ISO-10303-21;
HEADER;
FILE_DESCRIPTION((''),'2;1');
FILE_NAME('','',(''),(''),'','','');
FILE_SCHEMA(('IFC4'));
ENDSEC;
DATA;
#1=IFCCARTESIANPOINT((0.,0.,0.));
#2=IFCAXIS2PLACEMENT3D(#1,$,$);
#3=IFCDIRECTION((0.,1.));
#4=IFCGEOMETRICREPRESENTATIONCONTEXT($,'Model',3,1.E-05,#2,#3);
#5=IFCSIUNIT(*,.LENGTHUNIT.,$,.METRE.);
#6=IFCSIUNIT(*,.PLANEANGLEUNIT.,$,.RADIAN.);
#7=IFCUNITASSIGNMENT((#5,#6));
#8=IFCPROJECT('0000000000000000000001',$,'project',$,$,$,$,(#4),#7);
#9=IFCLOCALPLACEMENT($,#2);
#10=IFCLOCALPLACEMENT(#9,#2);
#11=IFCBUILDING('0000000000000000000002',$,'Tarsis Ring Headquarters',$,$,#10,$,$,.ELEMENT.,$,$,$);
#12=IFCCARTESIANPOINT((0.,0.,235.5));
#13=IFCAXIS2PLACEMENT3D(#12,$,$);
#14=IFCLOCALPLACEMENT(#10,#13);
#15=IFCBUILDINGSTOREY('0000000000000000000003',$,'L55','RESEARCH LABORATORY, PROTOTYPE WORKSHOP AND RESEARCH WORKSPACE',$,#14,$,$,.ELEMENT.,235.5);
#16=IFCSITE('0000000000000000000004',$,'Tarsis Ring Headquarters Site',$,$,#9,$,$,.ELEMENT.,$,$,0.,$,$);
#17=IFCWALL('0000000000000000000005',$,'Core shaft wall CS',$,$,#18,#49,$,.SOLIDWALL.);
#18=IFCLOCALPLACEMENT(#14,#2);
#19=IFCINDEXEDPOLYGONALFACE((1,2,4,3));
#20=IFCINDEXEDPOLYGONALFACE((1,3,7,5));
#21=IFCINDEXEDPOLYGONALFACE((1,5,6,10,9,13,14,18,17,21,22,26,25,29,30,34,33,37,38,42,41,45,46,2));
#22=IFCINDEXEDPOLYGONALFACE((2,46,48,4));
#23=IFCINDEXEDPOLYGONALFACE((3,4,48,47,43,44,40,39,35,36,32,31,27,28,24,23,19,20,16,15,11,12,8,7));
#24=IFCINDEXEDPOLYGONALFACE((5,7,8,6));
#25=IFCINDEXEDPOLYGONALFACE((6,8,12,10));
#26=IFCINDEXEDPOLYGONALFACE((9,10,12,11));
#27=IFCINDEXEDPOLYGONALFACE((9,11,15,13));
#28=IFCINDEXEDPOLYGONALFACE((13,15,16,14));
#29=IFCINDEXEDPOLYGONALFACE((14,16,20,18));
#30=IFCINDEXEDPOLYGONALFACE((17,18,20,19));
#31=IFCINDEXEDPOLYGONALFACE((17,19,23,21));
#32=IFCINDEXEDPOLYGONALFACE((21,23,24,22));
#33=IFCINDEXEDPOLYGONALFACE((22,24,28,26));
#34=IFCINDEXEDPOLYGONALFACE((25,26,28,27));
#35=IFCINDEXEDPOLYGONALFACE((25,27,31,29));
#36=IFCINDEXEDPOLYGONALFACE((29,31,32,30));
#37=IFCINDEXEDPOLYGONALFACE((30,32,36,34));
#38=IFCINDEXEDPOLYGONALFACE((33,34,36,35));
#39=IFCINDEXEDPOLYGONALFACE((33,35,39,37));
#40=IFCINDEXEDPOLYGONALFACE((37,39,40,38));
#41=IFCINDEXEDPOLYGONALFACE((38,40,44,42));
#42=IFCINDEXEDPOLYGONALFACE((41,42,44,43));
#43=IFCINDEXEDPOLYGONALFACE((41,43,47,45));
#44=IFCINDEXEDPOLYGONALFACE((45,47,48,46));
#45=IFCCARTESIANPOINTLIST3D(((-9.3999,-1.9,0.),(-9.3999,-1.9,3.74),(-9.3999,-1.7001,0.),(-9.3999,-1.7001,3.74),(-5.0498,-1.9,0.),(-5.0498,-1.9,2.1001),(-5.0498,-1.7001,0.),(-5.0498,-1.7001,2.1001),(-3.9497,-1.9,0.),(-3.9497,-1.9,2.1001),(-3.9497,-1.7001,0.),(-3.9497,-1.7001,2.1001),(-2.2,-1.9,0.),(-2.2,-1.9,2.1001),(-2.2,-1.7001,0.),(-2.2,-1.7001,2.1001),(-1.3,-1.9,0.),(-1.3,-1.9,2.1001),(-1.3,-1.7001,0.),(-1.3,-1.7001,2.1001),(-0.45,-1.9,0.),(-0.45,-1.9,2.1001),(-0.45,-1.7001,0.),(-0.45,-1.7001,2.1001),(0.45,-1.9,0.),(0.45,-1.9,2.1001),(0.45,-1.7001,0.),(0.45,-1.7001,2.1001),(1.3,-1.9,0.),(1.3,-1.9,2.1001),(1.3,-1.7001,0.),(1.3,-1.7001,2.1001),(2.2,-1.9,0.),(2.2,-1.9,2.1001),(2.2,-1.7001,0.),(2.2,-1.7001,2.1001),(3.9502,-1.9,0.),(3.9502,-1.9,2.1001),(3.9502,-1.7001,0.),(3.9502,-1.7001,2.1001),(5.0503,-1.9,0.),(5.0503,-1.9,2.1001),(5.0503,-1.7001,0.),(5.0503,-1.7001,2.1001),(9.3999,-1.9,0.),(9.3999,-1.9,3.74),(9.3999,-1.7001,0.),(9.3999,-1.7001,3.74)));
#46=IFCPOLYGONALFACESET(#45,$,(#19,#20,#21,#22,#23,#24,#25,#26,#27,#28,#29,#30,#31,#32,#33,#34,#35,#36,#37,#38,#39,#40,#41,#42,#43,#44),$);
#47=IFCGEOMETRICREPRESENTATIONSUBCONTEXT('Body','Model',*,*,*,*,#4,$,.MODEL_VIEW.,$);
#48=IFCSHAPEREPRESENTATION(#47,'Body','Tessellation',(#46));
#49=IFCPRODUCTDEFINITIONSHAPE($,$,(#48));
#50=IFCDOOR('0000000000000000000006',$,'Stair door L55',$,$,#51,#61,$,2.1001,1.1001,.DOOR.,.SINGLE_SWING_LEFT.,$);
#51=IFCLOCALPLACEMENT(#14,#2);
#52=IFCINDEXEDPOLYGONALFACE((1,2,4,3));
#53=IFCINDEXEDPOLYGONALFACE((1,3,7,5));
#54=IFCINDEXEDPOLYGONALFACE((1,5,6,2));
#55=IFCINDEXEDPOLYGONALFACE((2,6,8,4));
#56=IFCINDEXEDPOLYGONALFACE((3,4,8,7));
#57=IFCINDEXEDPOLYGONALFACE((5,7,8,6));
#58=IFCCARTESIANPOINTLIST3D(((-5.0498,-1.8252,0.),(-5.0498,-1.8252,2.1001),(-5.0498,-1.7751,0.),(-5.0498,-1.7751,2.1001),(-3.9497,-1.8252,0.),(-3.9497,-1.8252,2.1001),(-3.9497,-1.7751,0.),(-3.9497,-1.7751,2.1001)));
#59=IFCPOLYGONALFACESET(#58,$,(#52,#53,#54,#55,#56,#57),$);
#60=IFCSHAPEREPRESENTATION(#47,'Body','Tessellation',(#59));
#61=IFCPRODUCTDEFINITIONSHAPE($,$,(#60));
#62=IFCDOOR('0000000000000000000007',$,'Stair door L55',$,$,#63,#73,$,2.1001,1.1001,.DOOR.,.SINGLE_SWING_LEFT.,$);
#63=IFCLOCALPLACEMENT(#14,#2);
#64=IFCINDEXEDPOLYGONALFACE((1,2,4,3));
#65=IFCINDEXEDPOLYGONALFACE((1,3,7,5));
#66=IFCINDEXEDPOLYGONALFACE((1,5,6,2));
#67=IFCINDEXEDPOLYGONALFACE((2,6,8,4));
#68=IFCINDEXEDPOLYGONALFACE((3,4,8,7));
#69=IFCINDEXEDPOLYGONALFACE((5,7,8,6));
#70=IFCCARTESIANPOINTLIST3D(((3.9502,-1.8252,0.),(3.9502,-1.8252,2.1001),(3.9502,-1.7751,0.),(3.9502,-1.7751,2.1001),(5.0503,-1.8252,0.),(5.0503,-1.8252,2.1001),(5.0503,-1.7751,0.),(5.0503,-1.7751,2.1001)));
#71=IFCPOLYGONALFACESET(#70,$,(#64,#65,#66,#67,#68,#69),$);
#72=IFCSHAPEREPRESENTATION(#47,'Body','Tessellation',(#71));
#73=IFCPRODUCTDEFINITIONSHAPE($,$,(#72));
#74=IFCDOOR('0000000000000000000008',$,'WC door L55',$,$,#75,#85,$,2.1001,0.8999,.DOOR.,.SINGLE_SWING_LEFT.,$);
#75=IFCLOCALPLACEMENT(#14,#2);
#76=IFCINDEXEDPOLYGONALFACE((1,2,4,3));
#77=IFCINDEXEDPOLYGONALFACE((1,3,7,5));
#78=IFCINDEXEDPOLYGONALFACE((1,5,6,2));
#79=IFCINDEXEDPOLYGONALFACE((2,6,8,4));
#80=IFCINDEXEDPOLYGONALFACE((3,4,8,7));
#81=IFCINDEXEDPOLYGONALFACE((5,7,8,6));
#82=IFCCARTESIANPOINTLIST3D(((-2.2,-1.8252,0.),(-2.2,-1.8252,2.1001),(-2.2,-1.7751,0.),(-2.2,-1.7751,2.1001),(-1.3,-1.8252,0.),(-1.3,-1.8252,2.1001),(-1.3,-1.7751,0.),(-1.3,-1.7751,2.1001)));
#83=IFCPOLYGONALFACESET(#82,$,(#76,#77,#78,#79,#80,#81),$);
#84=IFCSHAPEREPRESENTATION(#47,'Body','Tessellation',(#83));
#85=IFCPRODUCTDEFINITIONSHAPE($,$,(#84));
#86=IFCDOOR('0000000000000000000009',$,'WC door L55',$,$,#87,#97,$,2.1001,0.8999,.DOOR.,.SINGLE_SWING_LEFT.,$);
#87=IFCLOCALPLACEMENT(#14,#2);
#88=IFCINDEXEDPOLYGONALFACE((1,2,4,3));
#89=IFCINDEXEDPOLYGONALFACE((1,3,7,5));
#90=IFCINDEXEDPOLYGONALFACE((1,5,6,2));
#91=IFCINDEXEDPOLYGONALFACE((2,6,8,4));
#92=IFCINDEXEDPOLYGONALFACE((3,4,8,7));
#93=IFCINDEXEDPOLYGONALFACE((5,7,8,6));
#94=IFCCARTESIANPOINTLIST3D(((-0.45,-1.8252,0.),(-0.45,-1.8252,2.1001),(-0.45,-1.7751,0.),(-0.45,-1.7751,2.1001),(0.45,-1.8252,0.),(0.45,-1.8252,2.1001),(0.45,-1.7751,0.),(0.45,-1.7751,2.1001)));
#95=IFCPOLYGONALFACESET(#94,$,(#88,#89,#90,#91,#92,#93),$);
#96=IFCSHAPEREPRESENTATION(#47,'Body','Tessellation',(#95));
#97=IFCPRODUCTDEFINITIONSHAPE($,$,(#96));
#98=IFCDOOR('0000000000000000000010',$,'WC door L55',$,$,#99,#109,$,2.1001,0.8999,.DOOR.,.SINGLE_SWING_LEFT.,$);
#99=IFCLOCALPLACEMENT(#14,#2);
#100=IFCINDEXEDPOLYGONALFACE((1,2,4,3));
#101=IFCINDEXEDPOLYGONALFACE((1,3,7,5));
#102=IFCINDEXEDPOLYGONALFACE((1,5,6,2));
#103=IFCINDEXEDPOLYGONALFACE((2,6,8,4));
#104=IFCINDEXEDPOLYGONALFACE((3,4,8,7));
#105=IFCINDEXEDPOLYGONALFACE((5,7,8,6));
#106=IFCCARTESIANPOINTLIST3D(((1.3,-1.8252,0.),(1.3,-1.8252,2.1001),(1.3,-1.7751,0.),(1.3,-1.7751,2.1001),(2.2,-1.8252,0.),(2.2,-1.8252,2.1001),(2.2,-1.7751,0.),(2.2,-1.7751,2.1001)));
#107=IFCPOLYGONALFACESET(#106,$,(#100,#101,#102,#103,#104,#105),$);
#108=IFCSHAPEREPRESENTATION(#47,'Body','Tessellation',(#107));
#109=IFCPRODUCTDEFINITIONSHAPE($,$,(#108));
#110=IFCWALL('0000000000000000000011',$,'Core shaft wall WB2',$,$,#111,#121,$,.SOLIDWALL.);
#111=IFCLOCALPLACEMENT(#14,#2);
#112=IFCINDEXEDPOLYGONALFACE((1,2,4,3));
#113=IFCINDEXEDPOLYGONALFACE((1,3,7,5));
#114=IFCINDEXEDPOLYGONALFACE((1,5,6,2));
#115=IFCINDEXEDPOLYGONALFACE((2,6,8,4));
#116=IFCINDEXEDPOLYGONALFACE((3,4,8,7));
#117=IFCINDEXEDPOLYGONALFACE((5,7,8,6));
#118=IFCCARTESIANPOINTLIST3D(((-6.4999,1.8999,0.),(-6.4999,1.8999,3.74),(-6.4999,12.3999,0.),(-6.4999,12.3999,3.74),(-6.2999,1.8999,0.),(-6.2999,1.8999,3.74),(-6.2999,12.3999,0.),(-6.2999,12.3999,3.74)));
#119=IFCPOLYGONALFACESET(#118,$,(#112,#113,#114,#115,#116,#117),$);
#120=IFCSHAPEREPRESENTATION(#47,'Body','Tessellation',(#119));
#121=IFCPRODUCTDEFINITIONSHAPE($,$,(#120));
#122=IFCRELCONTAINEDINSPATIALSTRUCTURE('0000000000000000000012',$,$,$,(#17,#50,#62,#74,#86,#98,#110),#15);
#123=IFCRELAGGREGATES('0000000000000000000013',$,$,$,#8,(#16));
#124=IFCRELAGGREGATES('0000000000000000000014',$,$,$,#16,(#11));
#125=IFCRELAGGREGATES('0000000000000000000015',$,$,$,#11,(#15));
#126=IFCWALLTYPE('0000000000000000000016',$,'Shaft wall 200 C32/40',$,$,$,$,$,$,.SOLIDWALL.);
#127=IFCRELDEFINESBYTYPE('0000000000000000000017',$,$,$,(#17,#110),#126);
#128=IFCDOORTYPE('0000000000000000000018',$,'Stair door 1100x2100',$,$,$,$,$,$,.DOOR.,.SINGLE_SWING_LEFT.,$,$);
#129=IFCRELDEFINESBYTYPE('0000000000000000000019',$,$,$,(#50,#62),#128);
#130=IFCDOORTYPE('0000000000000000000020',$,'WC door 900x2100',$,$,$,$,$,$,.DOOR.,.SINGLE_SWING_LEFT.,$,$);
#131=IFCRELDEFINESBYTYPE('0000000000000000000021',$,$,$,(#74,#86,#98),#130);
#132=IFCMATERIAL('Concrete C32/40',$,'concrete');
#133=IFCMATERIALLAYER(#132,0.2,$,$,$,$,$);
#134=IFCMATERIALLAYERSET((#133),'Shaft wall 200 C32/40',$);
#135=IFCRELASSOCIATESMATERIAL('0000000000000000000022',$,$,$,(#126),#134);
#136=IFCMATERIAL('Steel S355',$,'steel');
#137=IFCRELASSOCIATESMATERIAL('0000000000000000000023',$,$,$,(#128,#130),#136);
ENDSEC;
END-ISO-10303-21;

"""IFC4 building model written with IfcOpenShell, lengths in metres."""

from ifc_helpers import new_model, si_unit, direction, frame, frame_2d, origin, place, context, subcontext, project, spatial, rectangle, extrude, material, layer, layer_set, type_object, element, fill, save


model = new_model("IFC4")

# Units and contexts
model_context = context("Model", 3, precision=1e-05, world=origin(), true_north=direction((0.0, 1.0)))
body_context = subcontext(model_context, "Body", "Model", "MODEL_VIEW")
ifc_project = project(units=[si_unit("LENGTHUNIT", "METRE"), si_unit("PLANEANGLEUNIT", "RADIAN")], contexts=[model_context])

# Site, building, storey
site_placement = place(None, origin())
site = spatial("IfcSite", under=ifc_project, at=site_placement, Name="Tarsis Ring Headquarters Site", CompositionType="ELEMENT", RefElevation=0.0)
building_placement = place(site_placement, origin())
building = spatial("IfcBuilding", under=site, at=building_placement, Name="Tarsis Ring Headquarters", CompositionType="ELEMENT")
storey_placement = place(building_placement, frame((0.0, 0.0, 235.5)))
storey = spatial("IfcBuildingStorey", under=building, at=storey_placement, Name="L55", Description="RESEARCH LABORATORY, PROTOTYPE WORKSHOP AND RESEARCH WORKSPACE", CompositionType="ELEMENT", Elevation=235.5)

# Shared definitions
ifc_material_1 = material(Name="Steel S355", Category="steel")

# Wall, openings, doors
ifc_material_2 = material(Name="Concrete C32/40", Category="concrete")
ifc_layer_1 = layer(ifc_material_2, 0.2)
ifc_layer_set_1 = layer_set([ifc_layer_1], Name="Shaft wall 200 C32/40")
wall_type_1 = type_object("IfcWallType", Name="Shaft wall 200 C32/40", PredefinedType="SOLIDWALL", material=ifc_layer_set_1)
door_type_1 = type_object("IfcDoorType", Name="Stair door 1100x2100", OperationType="SINGLE_SWING_LEFT", PredefinedType="DOOR", material=ifc_material_1)
wall_1_placement = place(storey_placement, frame((-9.3999, -1.8, 0.0), z_axis=(0.0, 0.0, 1.0), x_axis=(1.0, 0.0, 0.0)))
wall_1 = element("IfcWall", 1, at=wall_1_placement, inside=storey, type_object=wall_type_1, Name="Core shaft wall CS", PredefinedType="SOLIDWALL", context=body_context, shape_type="SweptSolid", body=[
    extrude(rectangle(XDim=18.7998, YDim=0.2, at=frame_2d((9.3999, 0.0))), origin(), (0.0, 0.0, 1.0), 3.74),
])
opening_1_placement = place(wall_1_placement, frame((4.3501, 0.0, 0.0)))
opening_1 = element("IfcOpeningElement", 2, at=opening_1_placement, cuts=wall_1, PredefinedType="OPENING", context=body_context, shape_type="SweptSolid", body=[
    extrude(rectangle(XDim=1.1001, YDim=2.1001, at=frame_2d((0.55, 1.05))), frame((0.0, 0.1099, 0.0), z_axis=(0.0, -1.0, 0.0), x_axis=(1.0, 0.0, 0.0)), (0.0, 0.0, 1.0), 0.22),
])
opening_2_placement = place(wall_1_placement, frame((7.2, 0.0, 0.0)))
opening_2 = element("IfcOpeningElement", 3, at=opening_2_placement, cuts=wall_1, PredefinedType="OPENING", context=body_context, shape_type="SweptSolid", body=[
    extrude(rectangle(XDim=0.8999, YDim=2.1001, at=frame_2d((0.45, 1.05))), frame((0.0, 0.1099, 0.0), z_axis=(0.0, -1.0, 0.0), x_axis=(1.0, 0.0, 0.0)), (0.0, 0.0, 1.0), 0.22),
])
opening_3_placement = place(wall_1_placement, frame((8.95, 0.0, 0.0)))
opening_3 = element("IfcOpeningElement", 4, at=opening_3_placement, cuts=wall_1, PredefinedType="OPENING", context=body_context, shape_type="SweptSolid", body=[
    extrude(rectangle(XDim=0.8999, YDim=2.1001, at=frame_2d((0.45, 1.05))), frame((0.0, 0.1099, 0.0), z_axis=(0.0, -1.0, 0.0), x_axis=(1.0, 0.0, 0.0)), (0.0, 0.0, 1.0), 0.22),
])
opening_4_placement = place(wall_1_placement, frame((10.7, 0.0, 0.0)))
opening_4 = element("IfcOpeningElement", 5, at=opening_4_placement, cuts=wall_1, PredefinedType="OPENING", context=body_context, shape_type="SweptSolid", body=[
    extrude(rectangle(XDim=0.8999, YDim=2.1001, at=frame_2d((0.45, 1.05))), frame((0.0, 0.1099, 0.0), z_axis=(0.0, -1.0, 0.0), x_axis=(1.0, 0.0, 0.0)), (0.0, 0.0, 1.0), 0.22),
])
opening_5_placement = place(wall_1_placement, frame((13.3501, 0.0, 0.0)))
opening_5 = element("IfcOpeningElement", 6, at=opening_5_placement, cuts=wall_1, PredefinedType="OPENING", context=body_context, shape_type="SweptSolid", body=[
    extrude(rectangle(XDim=1.1001, YDim=2.1001, at=frame_2d((0.55, 1.05))), frame((0.0, 0.1099, 0.0), z_axis=(0.0, -1.0, 0.0), x_axis=(1.0, 0.0, 0.0)), (0.0, 0.0, 1.0), 0.22),
])
door_1_placement = place(opening_1_placement, origin())
door_1 = element("IfcDoor", 7, at=door_1_placement, inside=storey, type_object=door_type_1, Name="Stair door L55", OperationType="SINGLE_SWING_LEFT", OverallHeight=2.1001, OverallWidth=1.1001, PredefinedType="DOOR", context=body_context, shape_type="SweptSolid", body=[
    extrude(rectangle(XDim=1.1001, YDim=2.1001, at=frame_2d((0.55, 1.05))), frame((0.0, 0.0249, 0.0), z_axis=(0.0, -1.0, 0.0), x_axis=(1.0, 0.0, 0.0)), (0.0, 0.0, 1.0), 0.05),
])
fill(opening_1, door_1)
door_2_placement = place(opening_5_placement, origin())
door_2 = element("IfcDoor", 8, at=door_2_placement, inside=storey, type_object=door_type_1, Name="Stair door L55", OperationType="SINGLE_SWING_LEFT", OverallHeight=2.1001, OverallWidth=1.1001, PredefinedType="DOOR", context=body_context, shape_type="SweptSolid", body=[
    extrude(rectangle(XDim=1.1001, YDim=2.1001, at=frame_2d((0.55, 1.05))), frame((0.0, 0.0249, 0.0), z_axis=(0.0, -1.0, 0.0), x_axis=(1.0, 0.0, 0.0)), (0.0, 0.0, 1.0), 0.05),
])
fill(opening_5, door_2)
door_type_2 = type_object("IfcDoorType", Name="WC door 900x2100", OperationType="SINGLE_SWING_LEFT", PredefinedType="DOOR", material=ifc_material_1)
door_3_placement = place(opening_2_placement, origin())
door_3 = element("IfcDoor", 9, at=door_3_placement, inside=storey, type_object=door_type_2, Name="WC door L55", OperationType="SINGLE_SWING_LEFT", OverallHeight=2.1001, OverallWidth=0.8999, PredefinedType="DOOR", context=body_context, shape_type="SweptSolid", body=[
    extrude(rectangle(XDim=0.8999, YDim=2.1001, at=frame_2d((0.45, 1.05))), frame((0.0, 0.0249, 0.0), z_axis=(0.0, -1.0, 0.0), x_axis=(1.0, 0.0, 0.0)), (0.0, 0.0, 1.0), 0.05),
])
fill(opening_2, door_3)
door_4_placement = place(opening_3_placement, origin())
door_4 = element("IfcDoor", 10, at=door_4_placement, inside=storey, type_object=door_type_2, Name="WC door L55", OperationType="SINGLE_SWING_LEFT", OverallHeight=2.1001, OverallWidth=0.8999, PredefinedType="DOOR", context=body_context, shape_type="SweptSolid", body=[
    extrude(rectangle(XDim=0.8999, YDim=2.1001, at=frame_2d((0.45, 1.05))), frame((0.0, 0.0249, 0.0), z_axis=(0.0, -1.0, 0.0), x_axis=(1.0, 0.0, 0.0)), (0.0, 0.0, 1.0), 0.05),
])
fill(opening_3, door_4)
door_5_placement = place(opening_4_placement, origin())
door_5 = element("IfcDoor", 11, at=door_5_placement, inside=storey, type_object=door_type_2, Name="WC door L55", OperationType="SINGLE_SWING_LEFT", OverallHeight=2.1001, OverallWidth=0.8999, PredefinedType="DOOR", context=body_context, shape_type="SweptSolid", body=[
    extrude(rectangle(XDim=0.8999, YDim=2.1001, at=frame_2d((0.45, 1.05))), frame((0.0, 0.0249, 0.0), z_axis=(0.0, -1.0, 0.0), x_axis=(1.0, 0.0, 0.0)), (0.0, 0.0, 1.0), 0.05),
])
fill(opening_4, door_5)

# Wall
wall_2_placement = place(storey_placement, frame((-6.3999, 1.8999, 0.0), z_axis=(0.0, 0.0, 1.0), x_axis=(0.0, 1.0, 0.0)))
element("IfcWall", 12, at=wall_2_placement, inside=storey, type_object=wall_type_1, Name="Core shaft wall WB2", PredefinedType="SOLIDWALL", context=body_context, shape_type="SweptSolid", body=[
    extrude(rectangle(XDim=10.5, YDim=0.2, at=frame_2d((5.25, 0.0))), origin(), (0.0, 0.0, 1.0), 3.74),
])

save(model, "model.ifc")
